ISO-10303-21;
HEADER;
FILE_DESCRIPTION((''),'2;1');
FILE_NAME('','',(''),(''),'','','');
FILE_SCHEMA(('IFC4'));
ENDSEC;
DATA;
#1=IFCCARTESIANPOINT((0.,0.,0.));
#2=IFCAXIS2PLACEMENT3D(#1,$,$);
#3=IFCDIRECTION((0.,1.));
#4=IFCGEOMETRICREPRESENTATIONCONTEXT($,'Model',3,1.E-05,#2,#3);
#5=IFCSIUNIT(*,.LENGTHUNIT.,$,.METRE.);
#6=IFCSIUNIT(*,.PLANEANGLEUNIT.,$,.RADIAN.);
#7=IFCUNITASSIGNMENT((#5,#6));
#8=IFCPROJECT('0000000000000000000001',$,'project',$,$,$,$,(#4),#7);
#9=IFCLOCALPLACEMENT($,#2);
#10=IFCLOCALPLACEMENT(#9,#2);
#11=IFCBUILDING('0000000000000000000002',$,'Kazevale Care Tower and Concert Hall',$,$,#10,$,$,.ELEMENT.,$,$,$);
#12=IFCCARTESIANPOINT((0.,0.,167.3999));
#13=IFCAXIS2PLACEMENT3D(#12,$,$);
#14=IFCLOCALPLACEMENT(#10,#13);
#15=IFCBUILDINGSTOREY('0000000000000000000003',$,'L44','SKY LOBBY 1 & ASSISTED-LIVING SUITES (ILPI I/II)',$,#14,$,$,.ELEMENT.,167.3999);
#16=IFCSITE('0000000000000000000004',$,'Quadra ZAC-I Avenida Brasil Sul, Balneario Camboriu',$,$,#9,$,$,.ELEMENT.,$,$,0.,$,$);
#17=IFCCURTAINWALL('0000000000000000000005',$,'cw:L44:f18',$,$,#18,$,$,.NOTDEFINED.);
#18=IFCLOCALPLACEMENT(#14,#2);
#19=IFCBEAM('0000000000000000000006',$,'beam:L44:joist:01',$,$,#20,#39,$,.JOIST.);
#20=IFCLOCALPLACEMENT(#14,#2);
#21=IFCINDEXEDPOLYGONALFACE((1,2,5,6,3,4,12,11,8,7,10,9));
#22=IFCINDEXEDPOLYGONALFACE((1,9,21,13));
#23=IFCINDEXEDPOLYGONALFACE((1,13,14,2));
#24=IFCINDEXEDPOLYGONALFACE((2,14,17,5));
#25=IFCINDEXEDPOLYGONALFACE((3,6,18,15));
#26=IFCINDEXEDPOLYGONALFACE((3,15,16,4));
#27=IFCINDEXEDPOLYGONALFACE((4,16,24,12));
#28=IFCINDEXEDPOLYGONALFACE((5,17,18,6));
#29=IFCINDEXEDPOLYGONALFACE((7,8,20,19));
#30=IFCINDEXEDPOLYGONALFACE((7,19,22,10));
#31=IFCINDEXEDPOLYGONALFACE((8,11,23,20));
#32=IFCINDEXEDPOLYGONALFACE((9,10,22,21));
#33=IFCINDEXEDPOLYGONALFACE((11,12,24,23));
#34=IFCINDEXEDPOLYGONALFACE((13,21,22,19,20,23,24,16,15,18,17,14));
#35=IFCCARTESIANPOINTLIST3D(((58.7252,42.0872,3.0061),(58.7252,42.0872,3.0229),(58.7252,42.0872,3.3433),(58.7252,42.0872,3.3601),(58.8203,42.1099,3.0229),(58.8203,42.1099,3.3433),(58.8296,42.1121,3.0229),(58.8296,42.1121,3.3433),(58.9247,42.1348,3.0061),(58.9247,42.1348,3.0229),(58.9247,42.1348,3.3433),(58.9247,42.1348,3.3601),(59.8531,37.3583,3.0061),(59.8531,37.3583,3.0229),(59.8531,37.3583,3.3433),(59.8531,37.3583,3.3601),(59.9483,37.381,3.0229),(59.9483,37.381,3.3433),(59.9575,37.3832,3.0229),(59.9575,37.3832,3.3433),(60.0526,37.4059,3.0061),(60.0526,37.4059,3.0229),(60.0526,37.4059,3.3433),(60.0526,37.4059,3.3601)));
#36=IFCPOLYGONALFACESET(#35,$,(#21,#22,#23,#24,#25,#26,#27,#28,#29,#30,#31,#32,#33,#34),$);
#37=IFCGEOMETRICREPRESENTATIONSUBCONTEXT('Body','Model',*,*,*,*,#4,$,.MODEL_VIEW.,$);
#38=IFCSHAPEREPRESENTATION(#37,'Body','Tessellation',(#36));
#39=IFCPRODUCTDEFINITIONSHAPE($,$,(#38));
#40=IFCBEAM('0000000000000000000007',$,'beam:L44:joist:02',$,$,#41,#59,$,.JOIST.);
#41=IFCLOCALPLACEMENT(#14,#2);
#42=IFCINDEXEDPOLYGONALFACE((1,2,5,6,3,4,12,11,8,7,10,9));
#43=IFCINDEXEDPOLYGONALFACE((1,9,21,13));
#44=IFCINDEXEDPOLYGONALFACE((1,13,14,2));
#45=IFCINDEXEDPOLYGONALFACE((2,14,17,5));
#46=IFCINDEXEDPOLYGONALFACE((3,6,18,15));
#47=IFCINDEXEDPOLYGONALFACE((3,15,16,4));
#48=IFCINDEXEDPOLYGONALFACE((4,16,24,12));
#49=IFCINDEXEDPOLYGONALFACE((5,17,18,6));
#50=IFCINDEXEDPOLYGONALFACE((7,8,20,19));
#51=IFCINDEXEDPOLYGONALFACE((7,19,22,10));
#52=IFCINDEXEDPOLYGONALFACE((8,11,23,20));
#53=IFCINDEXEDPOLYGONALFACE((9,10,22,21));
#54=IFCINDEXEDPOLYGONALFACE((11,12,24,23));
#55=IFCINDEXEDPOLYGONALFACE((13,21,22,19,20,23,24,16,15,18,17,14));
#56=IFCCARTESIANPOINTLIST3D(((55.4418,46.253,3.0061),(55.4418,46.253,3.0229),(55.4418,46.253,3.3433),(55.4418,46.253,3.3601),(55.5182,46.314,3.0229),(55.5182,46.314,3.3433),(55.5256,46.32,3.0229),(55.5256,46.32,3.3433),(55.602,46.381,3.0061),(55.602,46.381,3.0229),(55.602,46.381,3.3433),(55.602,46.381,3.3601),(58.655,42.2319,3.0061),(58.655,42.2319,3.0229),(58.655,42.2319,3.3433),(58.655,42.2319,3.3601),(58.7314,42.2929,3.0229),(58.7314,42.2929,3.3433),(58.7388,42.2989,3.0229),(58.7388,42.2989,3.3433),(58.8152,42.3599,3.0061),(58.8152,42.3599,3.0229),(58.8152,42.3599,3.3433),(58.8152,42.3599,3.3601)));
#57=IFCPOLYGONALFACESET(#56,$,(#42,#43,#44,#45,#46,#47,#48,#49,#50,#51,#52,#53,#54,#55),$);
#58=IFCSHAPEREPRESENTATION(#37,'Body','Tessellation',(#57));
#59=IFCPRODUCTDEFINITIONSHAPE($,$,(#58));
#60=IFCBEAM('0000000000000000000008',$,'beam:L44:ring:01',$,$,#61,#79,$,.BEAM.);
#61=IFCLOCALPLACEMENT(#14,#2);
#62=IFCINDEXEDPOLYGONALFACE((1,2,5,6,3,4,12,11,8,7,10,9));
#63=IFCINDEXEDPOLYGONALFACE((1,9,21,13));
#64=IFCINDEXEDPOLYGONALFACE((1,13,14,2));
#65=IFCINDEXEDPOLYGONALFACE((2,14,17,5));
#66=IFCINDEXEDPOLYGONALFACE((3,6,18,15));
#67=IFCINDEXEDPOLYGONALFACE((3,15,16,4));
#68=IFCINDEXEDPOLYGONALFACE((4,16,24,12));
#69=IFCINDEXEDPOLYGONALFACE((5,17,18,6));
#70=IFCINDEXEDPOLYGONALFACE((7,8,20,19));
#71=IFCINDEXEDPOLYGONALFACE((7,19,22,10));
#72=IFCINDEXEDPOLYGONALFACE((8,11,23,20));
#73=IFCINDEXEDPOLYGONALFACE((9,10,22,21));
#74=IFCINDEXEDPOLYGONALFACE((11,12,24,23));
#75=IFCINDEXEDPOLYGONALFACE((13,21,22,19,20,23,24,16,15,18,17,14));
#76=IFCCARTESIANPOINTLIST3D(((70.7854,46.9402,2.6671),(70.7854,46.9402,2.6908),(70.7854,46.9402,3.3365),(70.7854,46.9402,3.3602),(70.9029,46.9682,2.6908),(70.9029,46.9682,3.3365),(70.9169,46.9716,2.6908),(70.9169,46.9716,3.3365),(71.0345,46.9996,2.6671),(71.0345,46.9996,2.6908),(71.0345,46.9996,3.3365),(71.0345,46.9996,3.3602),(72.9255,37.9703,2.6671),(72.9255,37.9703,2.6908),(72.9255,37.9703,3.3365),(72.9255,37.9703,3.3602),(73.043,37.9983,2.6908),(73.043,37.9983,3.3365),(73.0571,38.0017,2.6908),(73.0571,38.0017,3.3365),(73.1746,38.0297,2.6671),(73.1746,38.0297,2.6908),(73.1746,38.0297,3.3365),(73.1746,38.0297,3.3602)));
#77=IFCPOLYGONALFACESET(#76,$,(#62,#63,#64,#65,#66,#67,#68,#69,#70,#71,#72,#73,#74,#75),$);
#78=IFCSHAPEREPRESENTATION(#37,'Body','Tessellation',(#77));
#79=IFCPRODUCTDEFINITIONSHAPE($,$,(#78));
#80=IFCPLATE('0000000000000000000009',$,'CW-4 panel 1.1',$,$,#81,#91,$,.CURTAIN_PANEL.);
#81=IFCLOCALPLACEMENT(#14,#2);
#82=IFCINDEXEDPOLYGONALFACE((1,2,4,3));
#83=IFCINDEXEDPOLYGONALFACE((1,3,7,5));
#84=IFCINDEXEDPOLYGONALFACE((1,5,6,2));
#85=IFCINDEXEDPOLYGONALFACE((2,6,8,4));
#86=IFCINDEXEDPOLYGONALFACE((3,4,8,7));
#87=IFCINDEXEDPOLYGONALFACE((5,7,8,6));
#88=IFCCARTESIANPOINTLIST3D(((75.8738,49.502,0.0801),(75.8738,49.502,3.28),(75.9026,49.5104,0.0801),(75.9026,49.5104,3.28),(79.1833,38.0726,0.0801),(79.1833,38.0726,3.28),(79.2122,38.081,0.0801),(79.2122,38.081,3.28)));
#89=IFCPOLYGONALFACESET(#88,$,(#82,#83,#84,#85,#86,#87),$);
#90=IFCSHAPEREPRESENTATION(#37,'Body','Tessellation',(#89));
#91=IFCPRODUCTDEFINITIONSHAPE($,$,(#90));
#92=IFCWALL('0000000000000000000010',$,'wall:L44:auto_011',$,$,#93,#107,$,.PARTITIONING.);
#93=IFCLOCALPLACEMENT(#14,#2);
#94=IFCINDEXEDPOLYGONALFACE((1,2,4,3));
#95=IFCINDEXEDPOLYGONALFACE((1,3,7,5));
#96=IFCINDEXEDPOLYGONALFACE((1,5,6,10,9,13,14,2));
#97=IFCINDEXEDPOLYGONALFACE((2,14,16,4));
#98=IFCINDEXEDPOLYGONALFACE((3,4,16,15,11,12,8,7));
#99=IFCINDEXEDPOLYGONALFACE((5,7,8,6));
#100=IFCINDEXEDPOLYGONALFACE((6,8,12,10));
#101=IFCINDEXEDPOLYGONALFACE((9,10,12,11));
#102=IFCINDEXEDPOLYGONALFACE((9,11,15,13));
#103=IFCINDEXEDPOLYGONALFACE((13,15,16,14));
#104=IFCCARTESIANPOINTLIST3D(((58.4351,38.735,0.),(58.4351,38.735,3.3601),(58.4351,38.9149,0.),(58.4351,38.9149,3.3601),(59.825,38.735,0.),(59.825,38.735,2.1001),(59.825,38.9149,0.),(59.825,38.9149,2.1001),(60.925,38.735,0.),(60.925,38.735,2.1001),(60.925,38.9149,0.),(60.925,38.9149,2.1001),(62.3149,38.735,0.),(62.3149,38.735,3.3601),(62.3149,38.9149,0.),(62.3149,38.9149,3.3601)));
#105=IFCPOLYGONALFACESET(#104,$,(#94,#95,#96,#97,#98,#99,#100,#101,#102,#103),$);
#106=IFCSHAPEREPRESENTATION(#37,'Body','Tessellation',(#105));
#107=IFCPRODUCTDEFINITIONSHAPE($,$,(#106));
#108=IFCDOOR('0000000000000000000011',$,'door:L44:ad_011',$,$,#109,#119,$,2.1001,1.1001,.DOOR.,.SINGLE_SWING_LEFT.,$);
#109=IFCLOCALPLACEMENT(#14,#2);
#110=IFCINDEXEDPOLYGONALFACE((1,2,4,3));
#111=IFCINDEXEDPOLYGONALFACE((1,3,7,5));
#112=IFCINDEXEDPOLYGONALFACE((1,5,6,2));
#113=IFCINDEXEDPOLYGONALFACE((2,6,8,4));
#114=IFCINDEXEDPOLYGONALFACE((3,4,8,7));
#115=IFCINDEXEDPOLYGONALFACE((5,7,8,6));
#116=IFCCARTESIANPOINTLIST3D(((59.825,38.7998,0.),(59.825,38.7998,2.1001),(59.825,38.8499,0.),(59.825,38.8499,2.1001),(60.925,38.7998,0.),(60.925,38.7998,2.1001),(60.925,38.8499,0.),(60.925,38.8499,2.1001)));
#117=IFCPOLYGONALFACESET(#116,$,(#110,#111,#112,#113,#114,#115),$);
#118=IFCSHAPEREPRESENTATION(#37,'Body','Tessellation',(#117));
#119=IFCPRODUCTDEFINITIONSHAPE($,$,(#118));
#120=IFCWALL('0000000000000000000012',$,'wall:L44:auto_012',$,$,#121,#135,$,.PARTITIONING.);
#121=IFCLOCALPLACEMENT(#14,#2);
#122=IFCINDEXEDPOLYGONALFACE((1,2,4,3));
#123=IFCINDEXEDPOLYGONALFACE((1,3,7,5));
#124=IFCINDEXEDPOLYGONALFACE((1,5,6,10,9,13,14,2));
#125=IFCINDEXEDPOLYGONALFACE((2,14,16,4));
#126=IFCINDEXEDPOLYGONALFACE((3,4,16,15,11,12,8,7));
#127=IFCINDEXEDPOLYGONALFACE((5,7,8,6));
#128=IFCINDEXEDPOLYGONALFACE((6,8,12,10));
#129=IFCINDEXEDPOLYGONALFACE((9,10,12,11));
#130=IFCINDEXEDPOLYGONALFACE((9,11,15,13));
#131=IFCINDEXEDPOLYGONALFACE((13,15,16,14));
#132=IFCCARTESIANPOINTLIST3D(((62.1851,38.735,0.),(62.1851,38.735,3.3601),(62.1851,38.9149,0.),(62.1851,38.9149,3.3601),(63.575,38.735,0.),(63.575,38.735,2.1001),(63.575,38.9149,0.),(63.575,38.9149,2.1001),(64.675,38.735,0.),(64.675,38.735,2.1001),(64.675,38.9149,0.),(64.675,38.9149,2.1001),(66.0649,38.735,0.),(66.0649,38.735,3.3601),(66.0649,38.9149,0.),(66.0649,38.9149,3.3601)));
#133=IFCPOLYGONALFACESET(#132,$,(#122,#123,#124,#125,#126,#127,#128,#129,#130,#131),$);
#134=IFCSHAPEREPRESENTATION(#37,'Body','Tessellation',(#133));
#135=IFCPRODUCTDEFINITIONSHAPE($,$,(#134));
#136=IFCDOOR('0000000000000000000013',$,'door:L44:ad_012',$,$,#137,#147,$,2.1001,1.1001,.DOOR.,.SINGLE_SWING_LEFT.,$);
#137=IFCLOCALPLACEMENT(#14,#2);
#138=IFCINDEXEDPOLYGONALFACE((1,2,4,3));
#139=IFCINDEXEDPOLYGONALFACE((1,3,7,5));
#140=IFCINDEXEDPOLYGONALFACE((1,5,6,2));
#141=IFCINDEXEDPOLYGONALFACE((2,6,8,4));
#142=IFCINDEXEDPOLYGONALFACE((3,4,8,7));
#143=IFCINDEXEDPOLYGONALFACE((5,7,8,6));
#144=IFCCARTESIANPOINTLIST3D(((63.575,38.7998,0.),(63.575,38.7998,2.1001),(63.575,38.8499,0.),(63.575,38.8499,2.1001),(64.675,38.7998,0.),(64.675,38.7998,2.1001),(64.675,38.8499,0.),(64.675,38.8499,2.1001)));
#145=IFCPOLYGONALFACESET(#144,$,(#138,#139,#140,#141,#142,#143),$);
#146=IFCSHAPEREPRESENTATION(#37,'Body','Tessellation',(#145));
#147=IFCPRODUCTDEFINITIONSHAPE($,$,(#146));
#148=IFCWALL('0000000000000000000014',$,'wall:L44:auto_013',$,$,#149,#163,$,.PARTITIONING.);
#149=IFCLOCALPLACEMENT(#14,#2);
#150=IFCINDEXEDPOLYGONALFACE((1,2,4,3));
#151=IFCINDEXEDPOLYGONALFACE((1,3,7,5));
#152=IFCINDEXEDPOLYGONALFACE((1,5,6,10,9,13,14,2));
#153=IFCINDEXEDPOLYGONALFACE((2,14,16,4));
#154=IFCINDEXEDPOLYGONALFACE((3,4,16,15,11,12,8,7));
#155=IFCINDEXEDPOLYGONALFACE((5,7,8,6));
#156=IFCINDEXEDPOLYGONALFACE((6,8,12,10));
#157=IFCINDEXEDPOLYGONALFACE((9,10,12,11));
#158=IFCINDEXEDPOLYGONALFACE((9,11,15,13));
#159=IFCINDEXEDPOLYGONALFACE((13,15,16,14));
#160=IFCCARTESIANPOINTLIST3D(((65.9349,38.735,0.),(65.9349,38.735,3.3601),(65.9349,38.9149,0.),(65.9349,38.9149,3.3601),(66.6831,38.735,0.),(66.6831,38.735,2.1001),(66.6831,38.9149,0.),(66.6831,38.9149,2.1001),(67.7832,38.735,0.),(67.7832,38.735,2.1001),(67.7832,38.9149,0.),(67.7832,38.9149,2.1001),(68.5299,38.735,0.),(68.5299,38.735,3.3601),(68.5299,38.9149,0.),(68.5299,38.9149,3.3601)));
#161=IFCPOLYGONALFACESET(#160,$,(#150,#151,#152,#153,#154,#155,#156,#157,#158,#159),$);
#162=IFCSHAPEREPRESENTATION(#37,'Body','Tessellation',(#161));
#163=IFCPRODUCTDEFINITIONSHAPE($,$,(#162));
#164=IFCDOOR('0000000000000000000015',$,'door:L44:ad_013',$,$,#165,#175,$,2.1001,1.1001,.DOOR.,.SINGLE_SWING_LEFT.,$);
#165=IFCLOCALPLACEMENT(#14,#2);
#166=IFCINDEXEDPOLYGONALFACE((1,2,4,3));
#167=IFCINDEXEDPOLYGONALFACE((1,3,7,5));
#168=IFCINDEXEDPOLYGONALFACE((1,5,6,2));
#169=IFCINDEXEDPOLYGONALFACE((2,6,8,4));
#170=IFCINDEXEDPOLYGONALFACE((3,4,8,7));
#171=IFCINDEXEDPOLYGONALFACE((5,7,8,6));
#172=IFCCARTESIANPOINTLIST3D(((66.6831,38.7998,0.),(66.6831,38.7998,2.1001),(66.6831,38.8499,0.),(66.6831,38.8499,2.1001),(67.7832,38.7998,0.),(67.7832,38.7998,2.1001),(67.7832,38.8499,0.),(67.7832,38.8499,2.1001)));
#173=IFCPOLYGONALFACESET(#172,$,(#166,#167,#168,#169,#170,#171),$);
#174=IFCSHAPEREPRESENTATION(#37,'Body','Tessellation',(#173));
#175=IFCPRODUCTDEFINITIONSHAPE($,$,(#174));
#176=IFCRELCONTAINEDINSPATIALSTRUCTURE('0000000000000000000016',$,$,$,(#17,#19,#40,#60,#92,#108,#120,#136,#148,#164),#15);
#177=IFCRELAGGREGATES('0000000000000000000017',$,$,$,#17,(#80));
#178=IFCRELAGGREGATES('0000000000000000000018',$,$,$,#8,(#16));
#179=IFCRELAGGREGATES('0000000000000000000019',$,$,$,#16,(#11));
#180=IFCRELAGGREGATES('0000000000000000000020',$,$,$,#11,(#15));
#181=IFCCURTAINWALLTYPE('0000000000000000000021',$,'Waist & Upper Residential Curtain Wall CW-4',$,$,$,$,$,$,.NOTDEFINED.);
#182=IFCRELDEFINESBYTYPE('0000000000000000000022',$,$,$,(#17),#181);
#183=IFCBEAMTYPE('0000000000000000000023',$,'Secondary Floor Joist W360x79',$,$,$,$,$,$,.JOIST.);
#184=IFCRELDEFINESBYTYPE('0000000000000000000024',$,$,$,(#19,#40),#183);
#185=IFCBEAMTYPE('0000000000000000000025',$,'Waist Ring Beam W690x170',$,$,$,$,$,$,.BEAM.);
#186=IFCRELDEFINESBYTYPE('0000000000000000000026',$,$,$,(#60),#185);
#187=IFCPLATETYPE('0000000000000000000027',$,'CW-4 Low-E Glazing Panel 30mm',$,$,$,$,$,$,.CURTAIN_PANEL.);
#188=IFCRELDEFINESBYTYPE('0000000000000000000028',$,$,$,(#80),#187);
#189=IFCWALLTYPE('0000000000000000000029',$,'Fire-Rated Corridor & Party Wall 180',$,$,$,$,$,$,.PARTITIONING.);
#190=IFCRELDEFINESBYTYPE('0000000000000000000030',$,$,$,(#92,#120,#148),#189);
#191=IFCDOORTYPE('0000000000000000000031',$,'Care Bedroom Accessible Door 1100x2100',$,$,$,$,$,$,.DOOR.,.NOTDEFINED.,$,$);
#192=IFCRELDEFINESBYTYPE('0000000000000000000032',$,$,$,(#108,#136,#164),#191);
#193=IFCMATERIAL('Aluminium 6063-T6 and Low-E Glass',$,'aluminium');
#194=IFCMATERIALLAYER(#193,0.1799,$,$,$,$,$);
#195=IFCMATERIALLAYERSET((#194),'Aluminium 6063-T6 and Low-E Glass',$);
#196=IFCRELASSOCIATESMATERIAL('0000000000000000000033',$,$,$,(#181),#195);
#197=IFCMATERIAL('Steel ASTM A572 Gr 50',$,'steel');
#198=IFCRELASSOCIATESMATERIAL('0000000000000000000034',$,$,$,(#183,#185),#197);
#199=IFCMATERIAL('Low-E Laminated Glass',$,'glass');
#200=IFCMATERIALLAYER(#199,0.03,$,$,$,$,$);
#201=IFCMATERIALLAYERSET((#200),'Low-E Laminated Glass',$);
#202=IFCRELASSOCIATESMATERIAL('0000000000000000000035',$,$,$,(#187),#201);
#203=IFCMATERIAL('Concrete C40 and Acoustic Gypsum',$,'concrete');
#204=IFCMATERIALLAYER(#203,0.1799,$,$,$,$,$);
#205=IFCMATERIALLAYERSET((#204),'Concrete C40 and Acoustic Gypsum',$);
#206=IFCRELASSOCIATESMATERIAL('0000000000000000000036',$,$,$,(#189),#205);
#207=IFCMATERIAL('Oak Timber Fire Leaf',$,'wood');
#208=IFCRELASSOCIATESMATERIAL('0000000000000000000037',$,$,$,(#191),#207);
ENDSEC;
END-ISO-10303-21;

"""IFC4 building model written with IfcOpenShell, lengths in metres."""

from ifc_helpers import new_model, si_unit, direction, frame, frame_2d, origin, origin_2d, place, context, subcontext, project, spatial, rectangle, i_section, extrude, material, layer, layer_set, material_profile, profile_set, type_object, element, fill, aggregate, save


model = new_model("IFC4")

# Units and contexts
model_context = context("Model", 3, precision=1e-05, world=origin(), true_north=direction((0.0, 1.0)))
body_context = subcontext(model_context, "Body", "Model", "MODEL_VIEW")
ifc_project = project(units=[si_unit("LENGTHUNIT", "METRE"), si_unit("PLANEANGLEUNIT", "RADIAN")], contexts=[model_context])

# Site, building, storey
site_placement = place(None, origin())
site = spatial("IfcSite", under=ifc_project, at=site_placement, Name="Quadra ZAC-I Avenida Brasil Sul, Balneario Camboriu", CompositionType="ELEMENT", RefElevation=0.0)
building_placement = place(site_placement, origin())
building = spatial("IfcBuilding", under=site, at=building_placement, Name="Kazevale Care Tower and Concert Hall", CompositionType="ELEMENT")
storey_placement = place(building_placement, frame((0.0, 0.0, 167.3999)))
storey = spatial("IfcBuildingStorey", under=building, at=storey_placement, Name="L44", Description="SKY LOBBY 1 & ASSISTED-LIVING SUITES (ILPI I/II)", CompositionType="ELEMENT", Elevation=167.3999)

# Curtain wall
ifc_material_1 = material(Name="Aluminium 6063-T6 and Low-E Glass", Category="aluminium")
ifc_layer_1 = layer(ifc_material_1, 0.1799)
ifc_layer_set_1 = layer_set([ifc_layer_1], Name="Aluminium 6063-T6 and Low-E Glass")
curtain_wall_type = type_object("IfcCurtainWallType", Name="Waist & Upper Residential Curtain Wall CW-4", PredefinedType="NOTDEFINED", material=ifc_layer_set_1)
curtain_wall_1_placement = place(storey_placement, origin())
curtain_wall_1 = element("IfcCurtainWall", 1, at=curtain_wall_1_placement, inside=storey, type_object=curtain_wall_type, Name="cw:L44:f18", PredefinedType="NOTDEFINED")

# Beams
ifc_material_2 = material(Name="Steel ASTM A572 Gr 50", Category="steel")
ifc_material_profile_1 = material_profile(ifc_material_2, i_section(OverallWidth=0.2051, OverallDepth=0.354, WebThickness=0.0095, FlangeThickness=0.0168, at=origin_2d()), Name="W360x79")
ifc_profile_set_1 = profile_set([ifc_material_profile_1], Name="Steel ASTM A572 Gr 50")
beam_type_1 = type_object("IfcBeamType", Name="Secondary Floor Joist W360x79", PredefinedType="JOIST", material=ifc_profile_set_1)
beam_1_placement = place(storey_placement, frame((59.9529, 37.3821, 3.1831), z_axis=(-0.232005, 0.972715, 0.0), x_axis=(-0.972715, -0.232005, 0.0)))
element("IfcBeam", 2, at=beam_1_placement, inside=storey, type_object=beam_type_1, Name="beam:L44:joist:01", PredefinedType="JOIST", context=body_context, shape_type="SweptSolid", body=[
    extrude(i_section(OverallWidth=0.2051, OverallDepth=0.354, WebThickness=0.0095, FlangeThickness=0.0168, at=origin_2d()), origin(), (0.0, 0.0, 1.0), 4.8616),
])
beam_2_placement = place(storey_placement, frame((58.7351, 42.2959, 3.1831), z_axis=(-0.624261, 0.781216, 0.0), x_axis=(-0.781216, -0.624261, 0.0)))
element("IfcBeam", 3, at=beam_2_placement, inside=storey, type_object=beam_type_1, Name="beam:L44:joist:02", PredefinedType="JOIST", context=body_context, shape_type="SweptSolid", body=[
    extrude(i_section(OverallWidth=0.2051, OverallDepth=0.354, WebThickness=0.0095, FlangeThickness=0.0168, at=origin_2d()), origin(), (0.0, 0.0, 1.0), 5.1472),
])
ifc_material_profile_2 = material_profile(ifc_material_2, i_section(OverallWidth=0.2561, OverallDepth=0.6931, WebThickness=0.0144, FlangeThickness=0.0237, at=origin_2d()), Name="W690x170")
ifc_profile_set_2 = profile_set([ifc_material_profile_2], Name="Steel ASTM A572 Gr 50")
beam_type_2 = type_object("IfcBeamType", Name="Waist Ring Beam W690x170", PredefinedType="BEAM", material=ifc_profile_set_2)
beam_3_placement = place(storey_placement, frame((73.05, 38.0, 3.0137), z_axis=(-0.232075, 0.972698, 0.0), x_axis=(-0.972698, -0.232075, 0.0)))
element("IfcBeam", 4, at=beam_3_placement, inside=storey, type_object=beam_type_2, Name="beam:L44:ring:01", PredefinedType="BEAM", context=body_context, shape_type="SweptSolid", body=[
    extrude(i_section(OverallWidth=0.2561, OverallDepth=0.6931, WebThickness=0.0144, FlangeThickness=0.0237, at=origin_2d()), origin(), (0.0, 0.0, 1.0), 9.2217),
])

# Plate
ifc_material_3 = material(Name="Low-E Laminated Glass", Category="glass")
ifc_layer_2 = layer(ifc_material_3, 0.03)
ifc_layer_set_2 = layer_set([ifc_layer_2], Name="Low-E Laminated Glass")
plate_type = type_object("IfcPlateType", Name="CW-4 Low-E Glazing Panel 30mm", PredefinedType="CURTAIN_PANEL", material=ifc_layer_set_2)
plate_placement = place(storey_placement, frame((77.543, 43.7915, 0.0801), z_axis=(0.0, 0.0, 1.0), x_axis=(0.278137, -0.960542, 0.0)))
plate = element("IfcPlate", 5, at=plate_placement, type_object=plate_type, Name="CW-4 panel 1.1", PredefinedType="CURTAIN_PANEL", context=body_context, shape_type="SweptSolid", body=[
    extrude(rectangle(XDim=11.8989, YDim=0.03, at=origin_2d()), origin(), (0.0, 0.0, 1.0), 3.2),
])
aggregate(curtain_wall_1, [plate])

# Walls, openings, doors
ifc_material_4 = material(Name="Concrete C40 and Acoustic Gypsum", Category="concrete")
ifc_layer_3 = layer(ifc_material_4, 0.1799)
ifc_layer_set_3 = layer_set([ifc_layer_3], Name="Concrete C40 and Acoustic Gypsum")
wall_type = type_object("IfcWallType", Name="Fire-Rated Corridor & Party Wall 180", PredefinedType="PARTITIONING", material=ifc_layer_set_3)
wall_1_placement = place(storey_placement, frame((58.4351, 38.825, 0.0), z_axis=(0.0, 0.0, 1.0), x_axis=(1.0, 0.0, 0.0)))
wall_1 = element("IfcWall", 6, at=wall_1_placement, inside=storey, type_object=wall_type, Name="wall:L44:auto_011", PredefinedType="PARTITIONING", context=body_context, shape_type="SweptSolid", body=[
    extrude(rectangle(XDim=3.8799, YDim=0.1799, at=frame_2d((1.9399, 0.0))), origin(), (0.0, 0.0, 1.0), 3.3601),
])
opening_1_placement = place(wall_1_placement, frame((1.3899, 0.0, 0.0)))
opening_1 = element("IfcOpeningElement", 7, at=opening_1_placement, cuts=wall_1, PredefinedType="OPENING", context=body_context, shape_type="SweptSolid", body=[
    extrude(rectangle(XDim=1.1001, YDim=2.1001, at=frame_2d((0.55, 1.05))), frame((0.0, 0.0999, 0.0), z_axis=(0.0, -1.0, 0.0), x_axis=(1.0, 0.0, 0.0)), (0.0, 0.0, 1.0), 0.2),
])
ifc_material_5 = material(Name="Oak Timber Fire Leaf", Category="wood")
door_type = type_object("IfcDoorType", Name="Care Bedroom Accessible Door 1100x2100", OperationType="NOTDEFINED", PredefinedType="DOOR", material=ifc_material_5)
door_1_placement = place(opening_1_placement, origin())
door_1 = element("IfcDoor", 8, at=door_1_placement, inside=storey, type_object=door_type, Name="door:L44:ad_011", OperationType="SINGLE_SWING_LEFT", OverallHeight=2.1001, OverallWidth=1.1001, PredefinedType="DOOR", context=body_context, shape_type="SweptSolid", body=[
    extrude(rectangle(XDim=1.1001, YDim=2.1001, at=frame_2d((0.55, 1.05))), frame((0.0, 0.0249, 0.0), z_axis=(0.0, -1.0, 0.0), x_axis=(1.0, 0.0, 0.0)), (0.0, 0.0, 1.0), 0.05),
])
fill(opening_1, door_1)
wall_2_placement = place(storey_placement, frame((62.1851, 38.825, 0.0), z_axis=(0.0, 0.0, 1.0), x_axis=(1.0, 0.0, 0.0)))
wall_2 = element("IfcWall", 9, at=wall_2_placement, inside=storey, type_object=wall_type, Name="wall:L44:auto_012", PredefinedType="PARTITIONING", context=body_context, shape_type="SweptSolid", body=[
    extrude(rectangle(XDim=3.8799, YDim=0.1799, at=frame_2d((1.9399, 0.0))), origin(), (0.0, 0.0, 1.0), 3.3601),
])
opening_2_placement = place(wall_2_placement, frame((1.3899, 0.0, 0.0)))
opening_2 = element("IfcOpeningElement", 10, at=opening_2_placement, cuts=wall_2, PredefinedType="OPENING", context=body_context, shape_type="SweptSolid", body=[
    extrude(rectangle(XDim=1.1001, YDim=2.1001, at=frame_2d((0.55, 1.05))), frame((0.0, 0.0999, 0.0), z_axis=(0.0, -1.0, 0.0), x_axis=(1.0, 0.0, 0.0)), (0.0, 0.0, 1.0), 0.2),
])
door_2_placement = place(opening_2_placement, origin())
door_2 = element("IfcDoor", 11, at=door_2_placement, inside=storey, type_object=door_type, Name="door:L44:ad_012", OperationType="SINGLE_SWING_LEFT", OverallHeight=2.1001, OverallWidth=1.1001, PredefinedType="DOOR", context=body_context, shape_type="SweptSolid", body=[
    extrude(rectangle(XDim=1.1001, YDim=2.1001, at=frame_2d((0.55, 1.05))), frame((0.0, 0.0249, 0.0), z_axis=(0.0, -1.0, 0.0), x_axis=(1.0, 0.0, 0.0)), (0.0, 0.0, 1.0), 0.05),
])
fill(opening_2, door_2)
wall_3_placement = place(storey_placement, frame((65.9351, 38.825, 0.0), z_axis=(0.0, 0.0, 1.0), x_axis=(1.0, 0.0, 0.0)))
wall_3 = element("IfcWall", 12, at=wall_3_placement, inside=storey, type_object=wall_type, Name="wall:L44:auto_013", PredefinedType="PARTITIONING", context=body_context, shape_type="SweptSolid", body=[
    extrude(rectangle(XDim=2.595, YDim=0.1799, at=frame_2d((1.2974, 0.0))), origin(), (0.0, 0.0, 1.0), 3.3601),
])
opening_3_placement = place(wall_3_placement, frame((0.748, 0.0, 0.0)))
opening_3 = element("IfcOpeningElement", 13, at=opening_3_placement, cuts=wall_3, PredefinedType="OPENING", context=body_context, shape_type="SweptSolid", body=[
    extrude(rectangle(XDim=1.1001, YDim=2.1001, at=frame_2d((0.55, 1.05))), frame((0.0, 0.0999, 0.0), z_axis=(0.0, -1.0, 0.0), x_axis=(1.0, 0.0, 0.0)), (0.0, 0.0, 1.0), 0.2),
])
door_3_placement = place(opening_3_placement, origin())
door_3 = element("IfcDoor", 14, at=door_3_placement, inside=storey, type_object=door_type, Name="door:L44:ad_013", OperationType="SINGLE_SWING_LEFT", OverallHeight=2.1001, OverallWidth=1.1001, PredefinedType="DOOR", context=body_context, shape_type="SweptSolid", body=[
    extrude(rectangle(XDim=1.1001, YDim=2.1001, at=frame_2d((0.55, 1.05))), frame((0.0, 0.0249, 0.0), z_axis=(0.0, -1.0, 0.0), x_axis=(1.0, 0.0, 0.0)), (0.0, 0.0, 1.0), 0.05),
])
fill(opening_3, door_3)

save(model, "model.ifc")
